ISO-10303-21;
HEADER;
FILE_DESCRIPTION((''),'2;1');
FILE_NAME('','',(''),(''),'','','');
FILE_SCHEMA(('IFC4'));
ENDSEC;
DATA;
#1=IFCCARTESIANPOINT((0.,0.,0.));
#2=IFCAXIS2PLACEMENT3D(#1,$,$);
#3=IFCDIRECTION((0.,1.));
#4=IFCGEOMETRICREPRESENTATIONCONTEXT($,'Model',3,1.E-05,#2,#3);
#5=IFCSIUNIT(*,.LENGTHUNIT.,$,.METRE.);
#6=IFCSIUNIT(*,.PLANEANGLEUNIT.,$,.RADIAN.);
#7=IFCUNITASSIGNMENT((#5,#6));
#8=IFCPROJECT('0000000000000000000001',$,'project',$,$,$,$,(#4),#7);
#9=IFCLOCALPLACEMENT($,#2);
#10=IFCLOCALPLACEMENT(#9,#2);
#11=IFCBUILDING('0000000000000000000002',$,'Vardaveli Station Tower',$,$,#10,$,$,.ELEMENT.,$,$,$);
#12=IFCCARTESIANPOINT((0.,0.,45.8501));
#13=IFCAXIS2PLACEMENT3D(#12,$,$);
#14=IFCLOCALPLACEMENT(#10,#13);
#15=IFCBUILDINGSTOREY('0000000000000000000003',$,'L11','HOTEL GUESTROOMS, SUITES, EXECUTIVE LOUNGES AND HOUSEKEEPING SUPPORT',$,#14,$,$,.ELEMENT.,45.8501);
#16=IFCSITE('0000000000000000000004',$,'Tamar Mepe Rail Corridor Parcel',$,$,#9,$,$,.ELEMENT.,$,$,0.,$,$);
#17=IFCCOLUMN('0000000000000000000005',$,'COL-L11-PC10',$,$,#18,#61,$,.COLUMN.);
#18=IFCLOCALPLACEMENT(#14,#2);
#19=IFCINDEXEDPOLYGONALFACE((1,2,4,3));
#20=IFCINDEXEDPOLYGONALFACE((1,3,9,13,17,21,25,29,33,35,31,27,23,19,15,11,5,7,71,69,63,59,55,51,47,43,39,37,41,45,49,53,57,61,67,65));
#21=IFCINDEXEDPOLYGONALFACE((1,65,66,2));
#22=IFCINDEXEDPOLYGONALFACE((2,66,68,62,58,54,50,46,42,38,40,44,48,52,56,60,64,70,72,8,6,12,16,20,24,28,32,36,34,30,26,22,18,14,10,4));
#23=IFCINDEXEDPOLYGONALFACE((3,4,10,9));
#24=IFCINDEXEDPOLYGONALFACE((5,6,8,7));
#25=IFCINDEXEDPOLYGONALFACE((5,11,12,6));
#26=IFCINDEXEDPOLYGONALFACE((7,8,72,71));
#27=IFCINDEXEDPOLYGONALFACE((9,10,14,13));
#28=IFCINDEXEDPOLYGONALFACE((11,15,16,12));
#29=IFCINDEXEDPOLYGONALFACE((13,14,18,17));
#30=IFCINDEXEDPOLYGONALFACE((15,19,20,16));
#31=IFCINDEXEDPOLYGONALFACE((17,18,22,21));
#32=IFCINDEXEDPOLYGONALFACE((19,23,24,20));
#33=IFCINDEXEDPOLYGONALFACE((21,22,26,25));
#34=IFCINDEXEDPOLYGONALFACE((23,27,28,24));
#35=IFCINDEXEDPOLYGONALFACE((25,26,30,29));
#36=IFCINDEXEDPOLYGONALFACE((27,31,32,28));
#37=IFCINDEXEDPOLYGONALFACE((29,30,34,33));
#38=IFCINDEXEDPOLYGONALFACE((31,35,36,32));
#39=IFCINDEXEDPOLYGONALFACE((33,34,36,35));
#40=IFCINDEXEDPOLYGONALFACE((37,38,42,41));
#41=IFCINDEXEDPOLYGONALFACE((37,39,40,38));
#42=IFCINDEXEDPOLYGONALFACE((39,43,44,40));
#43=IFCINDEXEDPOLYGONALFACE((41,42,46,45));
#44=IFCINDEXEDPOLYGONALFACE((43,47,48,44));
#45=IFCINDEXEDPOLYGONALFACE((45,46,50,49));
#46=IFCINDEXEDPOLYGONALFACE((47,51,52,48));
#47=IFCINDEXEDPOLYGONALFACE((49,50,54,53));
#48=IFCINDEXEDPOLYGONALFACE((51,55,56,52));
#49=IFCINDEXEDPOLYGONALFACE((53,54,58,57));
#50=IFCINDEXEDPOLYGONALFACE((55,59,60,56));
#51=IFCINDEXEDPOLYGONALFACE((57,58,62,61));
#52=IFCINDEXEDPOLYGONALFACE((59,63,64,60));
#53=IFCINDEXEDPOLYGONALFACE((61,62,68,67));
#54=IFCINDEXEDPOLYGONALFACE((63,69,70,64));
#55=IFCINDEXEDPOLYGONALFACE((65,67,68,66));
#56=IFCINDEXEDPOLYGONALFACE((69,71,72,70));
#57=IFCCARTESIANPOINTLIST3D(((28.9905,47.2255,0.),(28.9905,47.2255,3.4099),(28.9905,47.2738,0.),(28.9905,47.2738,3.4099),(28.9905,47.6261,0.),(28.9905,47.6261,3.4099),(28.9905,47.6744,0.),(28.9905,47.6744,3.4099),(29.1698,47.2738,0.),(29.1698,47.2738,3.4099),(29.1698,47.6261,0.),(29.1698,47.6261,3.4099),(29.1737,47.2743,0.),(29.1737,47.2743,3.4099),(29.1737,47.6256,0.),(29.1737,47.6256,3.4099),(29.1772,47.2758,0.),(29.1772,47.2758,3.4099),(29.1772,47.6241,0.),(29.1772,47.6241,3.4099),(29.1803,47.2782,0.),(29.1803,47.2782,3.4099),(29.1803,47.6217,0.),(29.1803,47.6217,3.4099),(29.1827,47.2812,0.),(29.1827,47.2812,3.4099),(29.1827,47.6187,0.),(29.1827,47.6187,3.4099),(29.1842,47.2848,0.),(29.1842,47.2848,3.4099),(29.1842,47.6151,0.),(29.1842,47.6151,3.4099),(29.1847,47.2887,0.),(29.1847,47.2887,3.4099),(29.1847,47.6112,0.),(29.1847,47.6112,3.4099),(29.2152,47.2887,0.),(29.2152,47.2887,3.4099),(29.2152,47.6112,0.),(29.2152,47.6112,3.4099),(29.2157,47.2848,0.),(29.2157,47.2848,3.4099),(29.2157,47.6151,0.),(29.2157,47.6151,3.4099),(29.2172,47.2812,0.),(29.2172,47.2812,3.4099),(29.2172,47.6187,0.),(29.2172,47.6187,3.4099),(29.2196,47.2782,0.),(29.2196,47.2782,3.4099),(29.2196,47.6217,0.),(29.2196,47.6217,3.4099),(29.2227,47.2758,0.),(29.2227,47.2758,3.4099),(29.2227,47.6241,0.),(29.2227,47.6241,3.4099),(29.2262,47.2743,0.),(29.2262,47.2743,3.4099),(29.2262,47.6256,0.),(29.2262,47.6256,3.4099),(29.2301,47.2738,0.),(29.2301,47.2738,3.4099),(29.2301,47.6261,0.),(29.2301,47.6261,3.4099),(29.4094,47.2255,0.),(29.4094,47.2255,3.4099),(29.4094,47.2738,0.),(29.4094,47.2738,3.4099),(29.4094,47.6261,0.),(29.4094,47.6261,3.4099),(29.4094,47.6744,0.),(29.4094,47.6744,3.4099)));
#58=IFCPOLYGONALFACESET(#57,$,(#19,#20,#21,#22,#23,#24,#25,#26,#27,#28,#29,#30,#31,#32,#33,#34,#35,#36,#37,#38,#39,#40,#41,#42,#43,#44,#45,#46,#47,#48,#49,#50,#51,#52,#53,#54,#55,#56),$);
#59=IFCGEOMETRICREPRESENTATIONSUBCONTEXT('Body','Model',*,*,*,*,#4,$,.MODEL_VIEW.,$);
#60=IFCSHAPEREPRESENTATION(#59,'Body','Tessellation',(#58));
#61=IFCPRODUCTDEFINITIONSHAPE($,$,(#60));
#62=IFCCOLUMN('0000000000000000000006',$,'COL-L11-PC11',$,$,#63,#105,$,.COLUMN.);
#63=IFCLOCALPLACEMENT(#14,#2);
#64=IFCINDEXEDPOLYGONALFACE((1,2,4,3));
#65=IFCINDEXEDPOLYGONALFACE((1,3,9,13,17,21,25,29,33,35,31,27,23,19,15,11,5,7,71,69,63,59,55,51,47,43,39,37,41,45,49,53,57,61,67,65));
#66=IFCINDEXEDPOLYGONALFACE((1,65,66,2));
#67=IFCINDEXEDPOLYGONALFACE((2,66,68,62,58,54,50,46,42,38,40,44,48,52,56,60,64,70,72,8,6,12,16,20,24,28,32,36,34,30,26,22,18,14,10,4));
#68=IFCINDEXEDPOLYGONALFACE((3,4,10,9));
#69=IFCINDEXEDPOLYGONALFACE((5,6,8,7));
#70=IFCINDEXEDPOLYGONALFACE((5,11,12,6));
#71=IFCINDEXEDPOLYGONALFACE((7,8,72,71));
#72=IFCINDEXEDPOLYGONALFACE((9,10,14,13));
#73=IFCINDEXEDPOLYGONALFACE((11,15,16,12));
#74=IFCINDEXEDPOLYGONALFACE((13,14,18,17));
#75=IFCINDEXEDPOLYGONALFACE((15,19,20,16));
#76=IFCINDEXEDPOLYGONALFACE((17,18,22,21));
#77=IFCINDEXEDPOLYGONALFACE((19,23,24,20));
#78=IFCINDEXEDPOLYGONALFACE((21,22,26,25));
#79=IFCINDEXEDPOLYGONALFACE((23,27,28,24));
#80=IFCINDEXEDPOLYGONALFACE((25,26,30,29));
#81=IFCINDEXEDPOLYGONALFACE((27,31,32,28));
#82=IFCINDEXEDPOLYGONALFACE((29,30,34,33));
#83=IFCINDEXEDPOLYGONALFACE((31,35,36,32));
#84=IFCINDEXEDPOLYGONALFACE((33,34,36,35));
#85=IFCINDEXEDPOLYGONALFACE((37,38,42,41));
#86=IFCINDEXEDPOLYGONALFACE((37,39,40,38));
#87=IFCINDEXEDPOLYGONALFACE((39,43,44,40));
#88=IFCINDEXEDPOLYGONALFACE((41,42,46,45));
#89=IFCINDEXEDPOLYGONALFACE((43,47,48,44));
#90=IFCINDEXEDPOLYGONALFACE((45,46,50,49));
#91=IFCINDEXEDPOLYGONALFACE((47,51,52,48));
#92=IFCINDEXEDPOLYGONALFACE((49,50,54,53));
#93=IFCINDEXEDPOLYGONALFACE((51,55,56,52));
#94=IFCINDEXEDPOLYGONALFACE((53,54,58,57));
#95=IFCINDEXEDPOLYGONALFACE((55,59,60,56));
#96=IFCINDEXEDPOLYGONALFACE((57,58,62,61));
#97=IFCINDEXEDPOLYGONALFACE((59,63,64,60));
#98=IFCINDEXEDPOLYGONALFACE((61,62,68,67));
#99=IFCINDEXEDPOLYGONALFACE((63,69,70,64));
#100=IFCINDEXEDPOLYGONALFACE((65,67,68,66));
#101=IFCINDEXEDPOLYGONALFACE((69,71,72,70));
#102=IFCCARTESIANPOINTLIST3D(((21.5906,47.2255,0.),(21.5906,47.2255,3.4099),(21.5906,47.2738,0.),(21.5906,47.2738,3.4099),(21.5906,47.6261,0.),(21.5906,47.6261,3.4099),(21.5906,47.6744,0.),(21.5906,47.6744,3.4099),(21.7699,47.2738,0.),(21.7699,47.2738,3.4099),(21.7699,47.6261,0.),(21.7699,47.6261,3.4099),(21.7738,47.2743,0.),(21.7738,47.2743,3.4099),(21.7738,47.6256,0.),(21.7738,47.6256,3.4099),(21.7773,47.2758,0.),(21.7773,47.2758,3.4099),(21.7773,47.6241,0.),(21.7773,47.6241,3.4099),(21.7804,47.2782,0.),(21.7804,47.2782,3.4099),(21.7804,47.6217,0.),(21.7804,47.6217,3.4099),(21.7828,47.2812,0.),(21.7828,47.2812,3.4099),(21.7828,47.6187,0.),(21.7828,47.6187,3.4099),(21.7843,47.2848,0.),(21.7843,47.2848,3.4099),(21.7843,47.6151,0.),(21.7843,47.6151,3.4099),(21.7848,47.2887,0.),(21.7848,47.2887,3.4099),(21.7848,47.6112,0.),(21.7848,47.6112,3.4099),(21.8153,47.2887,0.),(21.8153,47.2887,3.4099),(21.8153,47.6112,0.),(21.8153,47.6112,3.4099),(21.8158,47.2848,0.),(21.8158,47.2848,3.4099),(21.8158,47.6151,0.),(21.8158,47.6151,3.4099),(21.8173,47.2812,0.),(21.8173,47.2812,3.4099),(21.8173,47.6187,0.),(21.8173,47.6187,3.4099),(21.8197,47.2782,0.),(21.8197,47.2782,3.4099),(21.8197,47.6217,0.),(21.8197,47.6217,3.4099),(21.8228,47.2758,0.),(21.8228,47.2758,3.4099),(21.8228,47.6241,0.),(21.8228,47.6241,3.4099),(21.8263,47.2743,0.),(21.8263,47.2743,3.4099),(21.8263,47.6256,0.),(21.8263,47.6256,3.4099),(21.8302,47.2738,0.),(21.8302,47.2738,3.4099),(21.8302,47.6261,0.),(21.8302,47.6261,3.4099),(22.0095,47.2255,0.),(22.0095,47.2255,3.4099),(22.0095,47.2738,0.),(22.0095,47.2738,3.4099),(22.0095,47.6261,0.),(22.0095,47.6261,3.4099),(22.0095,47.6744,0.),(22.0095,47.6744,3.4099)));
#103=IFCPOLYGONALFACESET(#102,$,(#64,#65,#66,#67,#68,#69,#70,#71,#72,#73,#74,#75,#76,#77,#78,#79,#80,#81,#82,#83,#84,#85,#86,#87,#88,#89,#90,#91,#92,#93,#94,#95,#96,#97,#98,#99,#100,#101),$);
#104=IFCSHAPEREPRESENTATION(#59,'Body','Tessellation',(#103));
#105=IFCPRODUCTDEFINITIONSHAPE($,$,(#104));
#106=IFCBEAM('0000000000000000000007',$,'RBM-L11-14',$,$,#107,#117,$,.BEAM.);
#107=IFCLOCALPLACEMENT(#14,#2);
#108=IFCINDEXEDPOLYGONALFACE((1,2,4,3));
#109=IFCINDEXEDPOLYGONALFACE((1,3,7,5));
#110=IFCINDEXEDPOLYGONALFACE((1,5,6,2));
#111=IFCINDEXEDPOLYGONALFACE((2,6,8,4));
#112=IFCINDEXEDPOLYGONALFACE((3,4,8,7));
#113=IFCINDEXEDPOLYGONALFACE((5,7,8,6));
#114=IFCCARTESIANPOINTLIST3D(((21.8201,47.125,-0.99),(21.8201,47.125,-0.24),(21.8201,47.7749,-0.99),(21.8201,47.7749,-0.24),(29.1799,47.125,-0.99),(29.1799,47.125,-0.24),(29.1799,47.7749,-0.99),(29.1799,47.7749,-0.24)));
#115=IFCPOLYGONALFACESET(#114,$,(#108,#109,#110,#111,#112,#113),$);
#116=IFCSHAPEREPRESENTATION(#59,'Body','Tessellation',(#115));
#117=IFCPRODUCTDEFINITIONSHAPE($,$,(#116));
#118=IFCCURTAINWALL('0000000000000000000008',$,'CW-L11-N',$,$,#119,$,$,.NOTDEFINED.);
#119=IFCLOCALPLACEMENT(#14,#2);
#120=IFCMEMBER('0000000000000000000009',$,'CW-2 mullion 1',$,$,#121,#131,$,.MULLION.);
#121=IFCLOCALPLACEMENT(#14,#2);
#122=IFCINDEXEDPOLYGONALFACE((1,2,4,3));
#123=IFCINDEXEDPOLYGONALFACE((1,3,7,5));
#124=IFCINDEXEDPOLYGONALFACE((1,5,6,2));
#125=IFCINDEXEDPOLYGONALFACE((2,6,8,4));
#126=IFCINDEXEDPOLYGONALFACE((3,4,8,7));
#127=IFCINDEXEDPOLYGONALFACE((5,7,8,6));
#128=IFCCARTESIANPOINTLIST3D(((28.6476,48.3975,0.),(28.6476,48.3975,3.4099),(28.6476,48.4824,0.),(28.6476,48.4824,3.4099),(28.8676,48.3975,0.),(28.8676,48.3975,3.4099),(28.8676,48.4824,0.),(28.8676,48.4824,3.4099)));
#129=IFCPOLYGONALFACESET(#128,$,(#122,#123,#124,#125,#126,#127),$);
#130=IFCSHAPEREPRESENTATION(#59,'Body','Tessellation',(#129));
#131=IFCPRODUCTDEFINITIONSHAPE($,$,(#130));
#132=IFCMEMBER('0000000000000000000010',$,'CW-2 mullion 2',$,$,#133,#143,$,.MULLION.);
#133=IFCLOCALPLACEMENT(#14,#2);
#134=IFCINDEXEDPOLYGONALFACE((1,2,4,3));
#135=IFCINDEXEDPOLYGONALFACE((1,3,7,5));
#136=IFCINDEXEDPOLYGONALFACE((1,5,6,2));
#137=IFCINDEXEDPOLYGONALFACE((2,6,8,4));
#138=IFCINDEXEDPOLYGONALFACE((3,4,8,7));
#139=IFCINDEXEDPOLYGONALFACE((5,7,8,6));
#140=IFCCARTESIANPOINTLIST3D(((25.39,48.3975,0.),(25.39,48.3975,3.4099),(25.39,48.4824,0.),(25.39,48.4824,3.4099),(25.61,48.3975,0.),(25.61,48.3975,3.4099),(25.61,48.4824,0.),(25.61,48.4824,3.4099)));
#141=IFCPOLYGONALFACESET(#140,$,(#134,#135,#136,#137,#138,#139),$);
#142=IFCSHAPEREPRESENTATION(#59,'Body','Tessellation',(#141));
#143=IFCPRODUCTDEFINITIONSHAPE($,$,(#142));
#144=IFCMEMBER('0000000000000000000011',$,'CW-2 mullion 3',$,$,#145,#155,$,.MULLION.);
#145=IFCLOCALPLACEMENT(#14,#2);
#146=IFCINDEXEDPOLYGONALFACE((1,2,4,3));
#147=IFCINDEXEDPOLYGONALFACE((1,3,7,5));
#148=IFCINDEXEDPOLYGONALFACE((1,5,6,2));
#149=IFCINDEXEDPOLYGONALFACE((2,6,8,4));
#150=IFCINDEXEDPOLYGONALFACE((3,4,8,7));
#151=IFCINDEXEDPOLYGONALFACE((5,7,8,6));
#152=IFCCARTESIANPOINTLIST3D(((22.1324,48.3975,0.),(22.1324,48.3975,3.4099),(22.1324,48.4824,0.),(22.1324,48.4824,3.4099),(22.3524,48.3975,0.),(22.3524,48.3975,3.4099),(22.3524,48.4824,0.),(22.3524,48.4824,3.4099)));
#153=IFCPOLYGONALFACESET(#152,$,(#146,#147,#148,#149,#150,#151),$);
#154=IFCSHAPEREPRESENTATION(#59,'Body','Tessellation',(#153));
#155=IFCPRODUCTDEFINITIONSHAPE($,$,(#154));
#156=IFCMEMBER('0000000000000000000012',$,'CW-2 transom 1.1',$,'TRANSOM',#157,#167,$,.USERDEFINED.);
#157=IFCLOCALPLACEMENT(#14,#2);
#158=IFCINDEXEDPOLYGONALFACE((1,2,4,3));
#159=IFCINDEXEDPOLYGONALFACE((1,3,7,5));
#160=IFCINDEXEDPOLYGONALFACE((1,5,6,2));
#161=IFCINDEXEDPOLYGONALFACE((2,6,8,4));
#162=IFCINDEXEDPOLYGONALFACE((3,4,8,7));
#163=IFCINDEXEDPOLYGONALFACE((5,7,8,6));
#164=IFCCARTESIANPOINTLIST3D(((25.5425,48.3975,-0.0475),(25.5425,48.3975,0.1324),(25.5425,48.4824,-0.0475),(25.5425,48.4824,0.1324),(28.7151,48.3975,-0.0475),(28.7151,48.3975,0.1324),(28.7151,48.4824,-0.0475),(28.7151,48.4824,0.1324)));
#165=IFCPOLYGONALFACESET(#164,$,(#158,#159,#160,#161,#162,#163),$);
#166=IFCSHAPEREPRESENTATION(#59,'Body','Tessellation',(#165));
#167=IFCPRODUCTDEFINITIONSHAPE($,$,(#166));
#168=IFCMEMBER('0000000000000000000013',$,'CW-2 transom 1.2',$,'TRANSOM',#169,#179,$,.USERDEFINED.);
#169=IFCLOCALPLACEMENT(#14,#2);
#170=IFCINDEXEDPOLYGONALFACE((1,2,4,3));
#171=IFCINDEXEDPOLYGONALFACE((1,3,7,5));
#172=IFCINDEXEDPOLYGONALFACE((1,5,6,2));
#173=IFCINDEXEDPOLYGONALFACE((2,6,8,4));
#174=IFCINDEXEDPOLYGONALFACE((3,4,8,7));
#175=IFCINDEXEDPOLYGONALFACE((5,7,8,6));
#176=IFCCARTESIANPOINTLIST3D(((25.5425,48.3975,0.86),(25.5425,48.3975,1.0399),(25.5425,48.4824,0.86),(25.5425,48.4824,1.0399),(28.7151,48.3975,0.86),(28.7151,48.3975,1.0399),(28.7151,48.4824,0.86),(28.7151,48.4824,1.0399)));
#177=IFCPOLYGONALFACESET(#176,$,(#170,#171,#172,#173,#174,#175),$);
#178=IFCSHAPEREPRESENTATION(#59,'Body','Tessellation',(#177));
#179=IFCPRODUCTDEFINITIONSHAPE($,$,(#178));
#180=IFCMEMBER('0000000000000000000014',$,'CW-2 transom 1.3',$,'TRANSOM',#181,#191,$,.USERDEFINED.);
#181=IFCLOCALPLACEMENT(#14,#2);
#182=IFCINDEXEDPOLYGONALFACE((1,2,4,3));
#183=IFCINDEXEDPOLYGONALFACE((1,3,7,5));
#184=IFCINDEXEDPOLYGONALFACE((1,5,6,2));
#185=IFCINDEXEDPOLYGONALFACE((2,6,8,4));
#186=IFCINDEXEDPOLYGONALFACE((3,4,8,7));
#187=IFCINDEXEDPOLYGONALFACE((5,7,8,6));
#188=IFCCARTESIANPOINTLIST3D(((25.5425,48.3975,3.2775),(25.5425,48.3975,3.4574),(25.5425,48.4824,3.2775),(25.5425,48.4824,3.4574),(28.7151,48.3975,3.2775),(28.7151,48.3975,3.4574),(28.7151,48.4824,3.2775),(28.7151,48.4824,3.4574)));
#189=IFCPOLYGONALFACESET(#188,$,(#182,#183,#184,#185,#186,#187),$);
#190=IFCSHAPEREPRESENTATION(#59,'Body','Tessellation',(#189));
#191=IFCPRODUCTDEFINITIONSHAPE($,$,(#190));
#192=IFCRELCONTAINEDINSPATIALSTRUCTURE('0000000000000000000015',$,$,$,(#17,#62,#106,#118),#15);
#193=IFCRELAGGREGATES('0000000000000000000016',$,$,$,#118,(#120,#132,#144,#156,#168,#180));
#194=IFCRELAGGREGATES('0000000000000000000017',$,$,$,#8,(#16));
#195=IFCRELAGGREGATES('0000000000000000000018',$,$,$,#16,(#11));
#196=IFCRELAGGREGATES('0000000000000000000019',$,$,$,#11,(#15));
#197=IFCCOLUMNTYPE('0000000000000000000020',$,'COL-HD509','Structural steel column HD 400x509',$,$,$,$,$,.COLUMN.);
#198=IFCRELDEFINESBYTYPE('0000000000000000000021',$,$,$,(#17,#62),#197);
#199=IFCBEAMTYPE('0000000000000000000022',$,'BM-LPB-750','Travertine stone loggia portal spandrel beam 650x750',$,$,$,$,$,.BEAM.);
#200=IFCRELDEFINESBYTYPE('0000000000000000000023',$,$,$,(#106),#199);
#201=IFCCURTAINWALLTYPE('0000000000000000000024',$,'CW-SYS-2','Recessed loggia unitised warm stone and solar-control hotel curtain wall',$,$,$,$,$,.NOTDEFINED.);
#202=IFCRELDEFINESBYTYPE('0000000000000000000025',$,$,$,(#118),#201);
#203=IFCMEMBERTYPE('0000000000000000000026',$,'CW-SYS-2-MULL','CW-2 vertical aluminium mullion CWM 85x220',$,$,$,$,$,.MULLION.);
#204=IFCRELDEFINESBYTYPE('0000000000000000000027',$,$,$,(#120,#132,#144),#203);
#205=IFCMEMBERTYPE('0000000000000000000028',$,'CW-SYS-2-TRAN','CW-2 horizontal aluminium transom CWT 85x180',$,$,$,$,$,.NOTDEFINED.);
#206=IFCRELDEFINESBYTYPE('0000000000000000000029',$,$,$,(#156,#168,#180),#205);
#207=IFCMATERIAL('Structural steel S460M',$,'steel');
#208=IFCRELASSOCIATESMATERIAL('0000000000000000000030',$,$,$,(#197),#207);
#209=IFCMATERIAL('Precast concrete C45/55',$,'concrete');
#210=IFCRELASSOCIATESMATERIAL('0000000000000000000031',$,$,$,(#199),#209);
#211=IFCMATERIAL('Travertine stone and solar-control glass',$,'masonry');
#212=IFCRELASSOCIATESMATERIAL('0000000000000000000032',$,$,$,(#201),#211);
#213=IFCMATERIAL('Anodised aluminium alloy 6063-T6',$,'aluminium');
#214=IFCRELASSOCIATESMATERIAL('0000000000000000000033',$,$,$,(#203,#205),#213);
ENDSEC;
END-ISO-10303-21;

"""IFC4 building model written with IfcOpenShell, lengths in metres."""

from ifc_helpers import new_model, si_unit, direction, frame, origin, origin_2d, place, context, subcontext, project, spatial, rectangle, i_section, extrude, source, transform, mapped, material, material_profile, profile_set, type_object, element, aggregate, save


model = new_model("IFC4")

# Units and contexts
model_context = context("Model", 3, precision=1e-05, world=origin(), true_north=direction((0.0, 1.0)))
body_context = subcontext(model_context, "Body", "Model", "MODEL_VIEW")
ifc_project = project(units=[si_unit("LENGTHUNIT", "METRE"), si_unit("PLANEANGLEUNIT", "RADIAN")], contexts=[model_context])

# Site, building, storey
site_placement = place(None, origin())
site = spatial("IfcSite", under=ifc_project, at=site_placement, Name="Tamar Mepe Rail Corridor Parcel", CompositionType="ELEMENT", RefElevation=0.0)
building_placement = place(site_placement, origin())
building = spatial("IfcBuilding", under=site, at=building_placement, Name="Vardaveli Station Tower", CompositionType="ELEMENT")
storey_placement = place(building_placement, frame((0.0, 0.0, 45.8501)))
storey = spatial("IfcBuildingStorey", under=building, at=storey_placement, Name="L11", Description="HOTEL GUESTROOMS, SUITES, EXECUTIVE LOUNGES AND HOUSEKEEPING SUPPORT", CompositionType="ELEMENT", Elevation=45.8501)

# Columns
ifc_material_1 = material(Name="Structural steel S460M", Category="steel")
ifc_material_profile_1 = material_profile(ifc_material_1, i_section(OverallWidth=0.4189, OverallDepth=0.449, WebThickness=0.0305, FlangeThickness=0.0483, FilletRadius=0.0149, at=origin_2d()), Name="HD 400x509")
ifc_profile_set_1 = profile_set([ifc_material_profile_1], Name="Structural steel S460M")
column_type = type_object("IfcColumnType", Name="COL-HD509", Description="Structural steel column HD 400x509", PredefinedType="COLUMN", material=ifc_profile_set_1)
shared_shape_1 = source(origin(), body_context, "Body", "SweptSolid", [
    extrude(i_section(OverallWidth=0.4189, OverallDepth=0.449, WebThickness=0.0305, FlangeThickness=0.0483, FilletRadius=0.0149, at=origin_2d()), origin(), (0.0, 0.0, 1.0), 3.4099),
])
for number, where, z_axis, x_axis, name in (
    (1, (29.2, 47.45, 0.0), (0.0, 0.0, 1.0), (1.0, 0.0, 0.0), "COL-L11-PC10"),
    (2, (21.8, 47.45, 0.0), (0.0, 0.0, 1.0), (1.0, 0.0, 0.0), "COL-L11-PC11"),
):
    element("IfcColumn", number, at=place(storey_placement, frame(where, z_axis=z_axis, x_axis=x_axis)), inside=storey, type_object=column_type, Name=name, PredefinedType="COLUMN", context=body_context, shape_type="MappedRepresentation", body=[
        mapped(shared_shape_1, transform((0.0, 0.0, 0.0), scale=1.0)),
    ])

# Beam
ifc_material_2 = material(Name="Precast concrete C45/55", Category="concrete")
ifc_material_profile_2 = material_profile(ifc_material_2, rectangle(XDim=0.6499, YDim=0.75, at=origin_2d()), Name="LPB 650x750")
ifc_profile_set_2 = profile_set([ifc_material_profile_2], Name="Precast concrete C45/55")
beam_type = type_object("IfcBeamType", Name="BM-LPB-750", Description="Travertine stone loggia portal spandrel beam 650x750", PredefinedType="BEAM", material=ifc_profile_set_2)
shared_shape_2 = source(origin(), body_context, "Body", "SweptSolid", [
    extrude(rectangle(XDim=0.6499, YDim=0.75, at=origin_2d()), origin(), (0.0, 0.0, 1.0), 7.3599),
])
beam_placement = place(storey_placement, frame((29.1799, 47.45, -0.615), z_axis=(-1.0, 0.0, 0.0), x_axis=(0.0, -1.0, 0.0)))
element("IfcBeam", 3, at=beam_placement, inside=storey, type_object=beam_type, Name="RBM-L11-14", PredefinedType="BEAM", context=body_context, shape_type="MappedRepresentation", body=[
    mapped(shared_shape_2, transform((0.0, 0.0, 0.0), scale=1.0)),
])

# Curtain wall, members
ifc_material_3 = material(Name="Travertine stone and solar-control glass", Category="masonry")
curtain_wall_type = type_object("IfcCurtainWallType", Name="CW-SYS-2", Description="Recessed loggia unitised warm stone and solar-control hotel curtain wall", PredefinedType="NOTDEFINED", material=ifc_material_3)
curtain_wall_placement = place(storey_placement, origin())
curtain_wall = element("IfcCurtainWall", 4, at=curtain_wall_placement, inside=storey, type_object=curtain_wall_type, Name="CW-L11-N", PredefinedType="NOTDEFINED")
ifc_material_4 = material(Name="Anodised aluminium alloy 6063-T6", Category="aluminium")
ifc_material_profile_3 = material_profile(ifc_material_4, rectangle(XDim=0.085, YDim=0.22, at=origin_2d()), Name="CWM 85x220")
ifc_profile_set_3 = profile_set([ifc_material_profile_3], Name="Anodised aluminium alloy 6063-T6")
member_type_1 = type_object("IfcMemberType", Name="CW-SYS-2-MULL", Description="CW-2 vertical aluminium mullion CWM 85x220", PredefinedType="MULLION", material=ifc_profile_set_3)
shared_shape_3 = source(origin(), body_context, "Body", "SweptSolid", [
    extrude(rectangle(XDim=0.085, YDim=0.22, at=origin_2d()), origin(), (0.0, 0.0, 1.0), 3.4099),
])
member_1_placement = place(storey_placement, frame((28.7576, 48.4399, 0.0), z_axis=(0.0, 0.0, 1.0), x_axis=(0.0, -1.0, 0.0)))
member_1 = element("IfcMember", 5, at=member_1_placement, type_object=member_type_1, Name="CW-2 mullion 1", PredefinedType="MULLION", context=body_context, shape_type="MappedRepresentation", body=[
    mapped(shared_shape_3, transform((0.0, 0.0, 0.0), scale=1.0)),
])
member_2_placement = place(storey_placement, frame((25.5, 48.4399, 0.0), z_axis=(0.0, 0.0, 1.0), x_axis=(0.0, -1.0, 0.0)))
member_2 = element("IfcMember", 6, at=member_2_placement, type_object=member_type_1, Name="CW-2 mullion 2", PredefinedType="MULLION", context=body_context, shape_type="MappedRepresentation", body=[
    mapped(shared_shape_3, transform((0.0, 0.0, 0.0), scale=1.0)),
])
member_3_placement = place(storey_placement, frame((22.2424, 48.4399, 0.0), z_axis=(0.0, 0.0, 1.0), x_axis=(0.0, -1.0, 0.0)))
member_3 = element("IfcMember", 7, at=member_3_placement, type_object=member_type_1, Name="CW-2 mullion 3", PredefinedType="MULLION", context=body_context, shape_type="MappedRepresentation", body=[
    mapped(shared_shape_3, transform((0.0, 0.0, 0.0), scale=1.0)),
])
ifc_material_profile_4 = material_profile(ifc_material_4, rectangle(XDim=0.085, YDim=0.1799, at=origin_2d()), Name="CWT 85x180")
ifc_profile_set_4 = profile_set([ifc_material_profile_4], Name="Anodised aluminium alloy 6063-T6")
member_type_2 = type_object("IfcMemberType", Name="CW-SYS-2-TRAN", Description="CW-2 horizontal aluminium transom CWT 85x180", PredefinedType="NOTDEFINED", material=ifc_profile_set_4)
shared_shape_4 = source(origin(), body_context, "Body", "SweptSolid", [
    extrude(rectangle(XDim=0.085, YDim=0.1799, at=origin_2d()), origin(), (0.0, 0.0, 1.0), 3.1726),
])
member_4_placement = place(storey_placement, frame((28.7151, 48.4399, 0.0425), z_axis=(-1.0, 0.0, 0.0), x_axis=(0.0, -1.0, 0.0)))
member_4 = element("IfcMember", 8, at=member_4_placement, type_object=member_type_2, Name="CW-2 transom 1.1", ObjectType="TRANSOM", PredefinedType="USERDEFINED", context=body_context, shape_type="MappedRepresentation", body=[
    mapped(shared_shape_4, transform((0.0, 0.0, 0.0), scale=1.0)),
])
member_5_placement = place(storey_placement, frame((28.7151, 48.4399, 0.95), z_axis=(-1.0, 0.0, 0.0), x_axis=(0.0, -1.0, 0.0)))
member_5 = element("IfcMember", 9, at=member_5_placement, type_object=member_type_2, Name="CW-2 transom 1.2", ObjectType="TRANSOM", PredefinedType="USERDEFINED", context=body_context, shape_type="MappedRepresentation", body=[
    mapped(shared_shape_4, transform((0.0, 0.0, 0.0), scale=1.0)),
])
member_6_placement = place(storey_placement, frame((28.7151, 48.4399, 3.3674), z_axis=(-1.0, 0.0, 0.0), x_axis=(0.0, -1.0, 0.0)))
member_6 = element("IfcMember", 10, at=member_6_placement, type_object=member_type_2, Name="CW-2 transom 1.3", ObjectType="TRANSOM", PredefinedType="USERDEFINED", context=body_context, shape_type="MappedRepresentation", body=[
    mapped(shared_shape_4, transform((0.0, 0.0, 0.0), scale=1.0)),
])
aggregate(curtain_wall, [member_1, member_2, member_3, member_4, member_5, member_6])

save(model, "model.ifc")
